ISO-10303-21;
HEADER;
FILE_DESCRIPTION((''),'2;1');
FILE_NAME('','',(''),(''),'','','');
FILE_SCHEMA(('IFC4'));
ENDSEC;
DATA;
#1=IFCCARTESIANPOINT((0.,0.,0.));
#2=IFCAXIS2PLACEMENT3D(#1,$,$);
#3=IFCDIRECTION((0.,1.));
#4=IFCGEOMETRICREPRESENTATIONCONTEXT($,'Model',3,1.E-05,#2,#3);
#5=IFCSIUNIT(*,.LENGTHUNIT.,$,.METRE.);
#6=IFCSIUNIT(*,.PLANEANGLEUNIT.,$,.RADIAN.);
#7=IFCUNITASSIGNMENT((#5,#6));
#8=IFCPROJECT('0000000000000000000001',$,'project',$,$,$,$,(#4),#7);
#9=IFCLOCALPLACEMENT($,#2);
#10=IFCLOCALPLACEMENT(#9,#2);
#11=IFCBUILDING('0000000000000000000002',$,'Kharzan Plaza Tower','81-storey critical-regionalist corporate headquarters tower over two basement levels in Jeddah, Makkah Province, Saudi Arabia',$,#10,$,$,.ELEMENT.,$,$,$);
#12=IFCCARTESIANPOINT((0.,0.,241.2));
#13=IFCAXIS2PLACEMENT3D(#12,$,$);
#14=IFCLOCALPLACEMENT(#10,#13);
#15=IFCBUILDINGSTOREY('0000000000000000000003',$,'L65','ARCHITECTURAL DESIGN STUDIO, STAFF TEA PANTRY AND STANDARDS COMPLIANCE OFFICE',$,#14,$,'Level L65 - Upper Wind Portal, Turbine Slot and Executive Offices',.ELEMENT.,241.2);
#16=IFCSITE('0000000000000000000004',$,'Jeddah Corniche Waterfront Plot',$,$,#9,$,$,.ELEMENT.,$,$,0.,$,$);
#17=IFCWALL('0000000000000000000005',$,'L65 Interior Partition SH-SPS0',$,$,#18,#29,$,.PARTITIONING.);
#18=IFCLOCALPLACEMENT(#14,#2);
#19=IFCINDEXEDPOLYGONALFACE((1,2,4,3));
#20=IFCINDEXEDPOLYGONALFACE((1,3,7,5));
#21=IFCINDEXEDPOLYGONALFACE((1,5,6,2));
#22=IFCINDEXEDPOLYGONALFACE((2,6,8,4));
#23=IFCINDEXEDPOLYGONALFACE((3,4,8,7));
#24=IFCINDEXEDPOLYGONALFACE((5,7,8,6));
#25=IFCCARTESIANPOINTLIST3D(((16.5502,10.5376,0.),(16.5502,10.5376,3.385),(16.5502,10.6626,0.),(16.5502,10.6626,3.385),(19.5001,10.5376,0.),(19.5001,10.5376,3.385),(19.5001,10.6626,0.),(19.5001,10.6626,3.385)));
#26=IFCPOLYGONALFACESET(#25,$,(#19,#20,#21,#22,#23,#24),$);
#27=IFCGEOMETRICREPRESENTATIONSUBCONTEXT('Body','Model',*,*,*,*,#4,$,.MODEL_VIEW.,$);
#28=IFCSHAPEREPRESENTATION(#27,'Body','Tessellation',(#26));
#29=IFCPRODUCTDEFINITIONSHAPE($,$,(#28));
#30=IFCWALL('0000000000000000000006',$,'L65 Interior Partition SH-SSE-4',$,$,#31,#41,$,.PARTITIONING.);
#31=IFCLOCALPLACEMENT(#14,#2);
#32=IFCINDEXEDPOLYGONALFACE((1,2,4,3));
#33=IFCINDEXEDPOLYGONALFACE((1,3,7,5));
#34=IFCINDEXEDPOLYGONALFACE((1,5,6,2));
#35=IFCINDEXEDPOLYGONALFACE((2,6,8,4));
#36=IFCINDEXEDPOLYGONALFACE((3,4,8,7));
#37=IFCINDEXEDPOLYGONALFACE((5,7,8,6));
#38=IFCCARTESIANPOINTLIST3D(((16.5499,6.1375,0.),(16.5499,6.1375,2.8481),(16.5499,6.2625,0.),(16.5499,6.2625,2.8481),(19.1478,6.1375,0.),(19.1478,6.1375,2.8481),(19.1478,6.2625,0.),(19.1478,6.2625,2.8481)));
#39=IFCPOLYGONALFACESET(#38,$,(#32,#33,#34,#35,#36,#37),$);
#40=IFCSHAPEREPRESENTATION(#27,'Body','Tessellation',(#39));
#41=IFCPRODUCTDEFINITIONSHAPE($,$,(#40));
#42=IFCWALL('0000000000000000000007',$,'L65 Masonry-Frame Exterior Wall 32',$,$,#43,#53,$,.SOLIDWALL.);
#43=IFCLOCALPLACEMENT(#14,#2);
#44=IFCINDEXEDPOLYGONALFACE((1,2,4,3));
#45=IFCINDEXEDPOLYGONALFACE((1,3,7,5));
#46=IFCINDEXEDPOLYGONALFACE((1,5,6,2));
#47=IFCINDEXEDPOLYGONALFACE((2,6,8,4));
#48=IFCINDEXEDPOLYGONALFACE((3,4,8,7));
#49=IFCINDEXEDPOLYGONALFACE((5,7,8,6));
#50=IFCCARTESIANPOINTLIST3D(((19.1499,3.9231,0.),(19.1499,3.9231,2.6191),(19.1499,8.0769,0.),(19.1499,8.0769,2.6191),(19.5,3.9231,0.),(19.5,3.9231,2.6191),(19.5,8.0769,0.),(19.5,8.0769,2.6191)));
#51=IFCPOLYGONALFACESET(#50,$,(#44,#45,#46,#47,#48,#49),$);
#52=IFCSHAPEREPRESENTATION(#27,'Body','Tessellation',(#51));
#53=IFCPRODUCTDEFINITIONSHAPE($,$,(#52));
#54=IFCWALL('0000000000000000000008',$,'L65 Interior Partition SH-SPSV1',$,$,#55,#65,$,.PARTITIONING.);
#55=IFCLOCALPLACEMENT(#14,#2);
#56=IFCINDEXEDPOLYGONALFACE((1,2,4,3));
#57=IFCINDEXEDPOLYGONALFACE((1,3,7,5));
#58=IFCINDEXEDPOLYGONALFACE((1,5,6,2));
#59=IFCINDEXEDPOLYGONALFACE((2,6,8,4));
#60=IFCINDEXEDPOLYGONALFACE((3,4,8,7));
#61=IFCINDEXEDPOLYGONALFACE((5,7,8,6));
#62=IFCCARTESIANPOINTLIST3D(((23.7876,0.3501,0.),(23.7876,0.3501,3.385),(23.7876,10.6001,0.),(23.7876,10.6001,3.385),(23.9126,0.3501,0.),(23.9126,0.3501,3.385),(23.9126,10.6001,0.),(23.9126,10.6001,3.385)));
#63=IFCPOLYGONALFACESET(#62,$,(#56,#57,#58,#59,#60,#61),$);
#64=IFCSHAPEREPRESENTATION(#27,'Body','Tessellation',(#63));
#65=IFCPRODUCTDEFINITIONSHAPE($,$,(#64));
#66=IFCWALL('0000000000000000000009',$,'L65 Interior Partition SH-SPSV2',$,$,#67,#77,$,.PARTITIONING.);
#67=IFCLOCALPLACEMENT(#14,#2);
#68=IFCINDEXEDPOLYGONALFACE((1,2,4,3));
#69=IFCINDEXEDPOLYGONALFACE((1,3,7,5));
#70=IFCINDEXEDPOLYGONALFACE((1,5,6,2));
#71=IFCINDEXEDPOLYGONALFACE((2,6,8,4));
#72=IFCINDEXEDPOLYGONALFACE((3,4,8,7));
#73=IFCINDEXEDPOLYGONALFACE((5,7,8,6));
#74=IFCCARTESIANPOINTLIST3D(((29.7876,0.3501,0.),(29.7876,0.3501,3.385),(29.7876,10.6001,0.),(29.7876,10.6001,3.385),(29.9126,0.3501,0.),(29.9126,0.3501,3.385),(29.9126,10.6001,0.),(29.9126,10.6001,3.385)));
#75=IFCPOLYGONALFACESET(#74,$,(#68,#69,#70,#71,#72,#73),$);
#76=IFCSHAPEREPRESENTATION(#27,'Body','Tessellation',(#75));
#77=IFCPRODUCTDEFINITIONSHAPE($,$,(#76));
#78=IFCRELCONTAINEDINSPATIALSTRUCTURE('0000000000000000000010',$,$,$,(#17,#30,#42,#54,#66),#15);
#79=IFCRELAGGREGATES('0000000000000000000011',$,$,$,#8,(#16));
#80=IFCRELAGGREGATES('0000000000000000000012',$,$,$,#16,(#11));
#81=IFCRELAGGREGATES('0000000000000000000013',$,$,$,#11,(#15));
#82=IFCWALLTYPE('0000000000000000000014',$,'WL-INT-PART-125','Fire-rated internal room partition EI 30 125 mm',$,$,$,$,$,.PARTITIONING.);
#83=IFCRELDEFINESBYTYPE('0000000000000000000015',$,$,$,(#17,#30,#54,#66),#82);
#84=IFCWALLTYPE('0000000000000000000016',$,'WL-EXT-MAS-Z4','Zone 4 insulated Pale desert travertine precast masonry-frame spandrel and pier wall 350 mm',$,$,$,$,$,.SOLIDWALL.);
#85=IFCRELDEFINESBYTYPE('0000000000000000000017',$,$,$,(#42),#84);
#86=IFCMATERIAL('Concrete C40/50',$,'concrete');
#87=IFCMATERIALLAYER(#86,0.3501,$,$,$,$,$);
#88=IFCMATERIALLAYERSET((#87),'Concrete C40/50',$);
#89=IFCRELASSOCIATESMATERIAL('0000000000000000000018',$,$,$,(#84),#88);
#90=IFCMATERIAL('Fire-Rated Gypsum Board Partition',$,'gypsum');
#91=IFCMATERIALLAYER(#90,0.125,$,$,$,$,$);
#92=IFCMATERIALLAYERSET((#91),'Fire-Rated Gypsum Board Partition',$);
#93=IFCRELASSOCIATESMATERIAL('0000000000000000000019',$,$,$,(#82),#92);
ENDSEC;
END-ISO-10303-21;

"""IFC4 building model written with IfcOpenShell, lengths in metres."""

from ifc_helpers import new_model, si_unit, direction, frame, frame_2d, origin, place, context, subcontext, project, spatial, rectangle, extrude, source, transform, mapped, material, layer, layer_set, type_object, element, save


model = new_model("IFC4")

# Units and contexts
model_context = context("Model", 3, precision=1e-05, world=origin(), true_north=direction((0.0, 1.0)))
body_context = subcontext(model_context, "Body", "Model", "MODEL_VIEW")
ifc_project = project(units=[si_unit("LENGTHUNIT", "METRE"), si_unit("PLANEANGLEUNIT", "RADIAN")], contexts=[model_context])

# Site, building, storey
site_placement = place(None, origin())
site = spatial("IfcSite", under=ifc_project, at=site_placement, Name="Jeddah Corniche Waterfront Plot", CompositionType="ELEMENT", RefElevation=0.0)
building_placement = place(site_placement, origin())
building = spatial("IfcBuilding", under=site, at=building_placement, Name="Kharzan Plaza Tower", Description="81-storey critical-regionalist corporate headquarters tower over two basement levels in Jeddah, Makkah Province, Saudi Arabia", CompositionType="ELEMENT")
storey_placement = place(building_placement, frame((0.0, 0.0, 241.2)))
storey = spatial("IfcBuildingStorey", under=building, at=storey_placement, Name="L65", Description="ARCHITECTURAL DESIGN STUDIO, STAFF TEA PANTRY AND STANDARDS COMPLIANCE OFFICE", LongName="Level L65 - Upper Wind Portal, Turbine Slot and Executive Offices", CompositionType="ELEMENT", Elevation=241.2)

# Shared definitions
ifc_material_1 = material(Name="Concrete C40/50", Category="concrete")
ifc_layer_1 = layer(ifc_material_1, 0.3501)
ifc_layer_set_1 = layer_set([ifc_layer_1], Name="Concrete C40/50")
wall_type_1 = type_object("IfcWallType", Name="WL-EXT-MAS-Z4", Description="Zone 4 insulated Pale desert travertine precast masonry-frame spandrel and pier wall 350 mm", PredefinedType="SOLIDWALL", material=ifc_layer_set_1)

# Shared definitions
ifc_material_2 = material(Name="Fire-Rated Gypsum Board Partition", Category="gypsum")
ifc_layer_2 = layer(ifc_material_2, 0.125)
ifc_layer_set_2 = layer_set([ifc_layer_2], Name="Fire-Rated Gypsum Board Partition")
wall_type_2 = type_object("IfcWallType", Name="WL-INT-PART-125", Description="Fire-rated internal room partition EI 30 125 mm", PredefinedType="PARTITIONING", material=ifc_layer_set_2)

# Walls
shared_shape_1 = source(origin(), body_context, "Body", "SweptSolid", [
    extrude(rectangle(XDim=2.95, YDim=0.125, at=frame_2d((1.4751, 0.0))), origin(), (0.0, 0.0, 1.0), 3.385),
])
wall_1_placement = place(storey_placement, frame((16.55, 10.6001, 0.0), z_axis=(0.0, 0.0, 1.0), x_axis=(1.0, 0.0, 0.0)))
element("IfcWall", 1, at=wall_1_placement, inside=storey, type_object=wall_type_2, Name="L65 Interior Partition SH-SPS0", PredefinedType="PARTITIONING", context=body_context, shape_type="MappedRepresentation", body=[
    mapped(shared_shape_1, transform((0.0, 0.0, 0.0), x_axis=(1.0, 0.0, 0.0), y_axis=(0.0, 1.0, 0.0), z_axis=(0.0, 0.0, 1.0))),
])
shared_shape_2 = source(origin(), body_context, "Body", "SweptSolid", [
    extrude(rectangle(XDim=2.5979, YDim=0.125, at=frame_2d((1.2988, 0.0))), origin(), (0.0, 0.0, 1.0), 2.8481),
])
wall_2_placement = place(storey_placement, frame((16.55, 6.2, 0.0), z_axis=(0.0, 0.0, 1.0), x_axis=(1.0, 0.0, 0.0)))
element("IfcWall", 2, at=wall_2_placement, inside=storey, type_object=wall_type_2, Name="L65 Interior Partition SH-SSE-4", PredefinedType="PARTITIONING", context=body_context, shape_type="MappedRepresentation", body=[
    mapped(shared_shape_2, transform((0.0, 0.0, 0.0), x_axis=(1.0, 0.0, 0.0), y_axis=(0.0, 1.0, 0.0), z_axis=(0.0, 0.0, 1.0))),
])
shared_shape_3 = source(origin(), body_context, "Body", "SweptSolid", [
    extrude(rectangle(XDim=4.1538, YDim=0.3501, at=frame_2d((2.0769, 0.0))), origin(), (0.0, 0.0, 1.0), 2.6191),
])
wall_3_placement = place(storey_placement, frame((19.325, 3.9231, 0.0), z_axis=(0.0, 0.0, 1.0), x_axis=(0.0, 1.0, 0.0)))
element("IfcWall", 3, at=wall_3_placement, inside=storey, type_object=wall_type_1, Name="L65 Masonry-Frame Exterior Wall 32", PredefinedType="SOLIDWALL", context=body_context, shape_type="MappedRepresentation", body=[
    mapped(shared_shape_3, transform((0.0, 0.0, 0.0), x_axis=(1.0, 0.0, 0.0), y_axis=(0.0, 1.0, 0.0), z_axis=(0.0, 0.0, 1.0))),
])
shared_shape_4 = source(origin(), body_context, "Body", "SweptSolid", [
    extrude(rectangle(XDim=10.25, YDim=0.125, at=frame_2d((5.125, 0.0))), origin(), (0.0, 0.0, 1.0), 3.385),
])
for number, where, z_axis, x_axis, name in (
    (4, (23.8501, 0.3501, 0.0), (0.0, 0.0, 1.0), (0.0, 1.0, 0.0), "L65 Interior Partition SH-SPSV1"),
    (5, (29.8501, 0.3501, 0.0), (0.0, 0.0, 1.0), (0.0, 1.0, 0.0), "L65 Interior Partition SH-SPSV2"),
):
    element("IfcWall", number, at=place(storey_placement, frame(where, z_axis=z_axis, x_axis=x_axis)), inside=storey, type_object=wall_type_2, Name=name, PredefinedType="PARTITIONING", context=body_context, shape_type="MappedRepresentation", body=[
        mapped(shared_shape_4, transform((0.0, 0.0, 0.0), x_axis=(1.0, 0.0, 0.0), y_axis=(0.0, 1.0, 0.0), z_axis=(0.0, 0.0, 1.0))),
    ])

save(model, "model.ifc")
